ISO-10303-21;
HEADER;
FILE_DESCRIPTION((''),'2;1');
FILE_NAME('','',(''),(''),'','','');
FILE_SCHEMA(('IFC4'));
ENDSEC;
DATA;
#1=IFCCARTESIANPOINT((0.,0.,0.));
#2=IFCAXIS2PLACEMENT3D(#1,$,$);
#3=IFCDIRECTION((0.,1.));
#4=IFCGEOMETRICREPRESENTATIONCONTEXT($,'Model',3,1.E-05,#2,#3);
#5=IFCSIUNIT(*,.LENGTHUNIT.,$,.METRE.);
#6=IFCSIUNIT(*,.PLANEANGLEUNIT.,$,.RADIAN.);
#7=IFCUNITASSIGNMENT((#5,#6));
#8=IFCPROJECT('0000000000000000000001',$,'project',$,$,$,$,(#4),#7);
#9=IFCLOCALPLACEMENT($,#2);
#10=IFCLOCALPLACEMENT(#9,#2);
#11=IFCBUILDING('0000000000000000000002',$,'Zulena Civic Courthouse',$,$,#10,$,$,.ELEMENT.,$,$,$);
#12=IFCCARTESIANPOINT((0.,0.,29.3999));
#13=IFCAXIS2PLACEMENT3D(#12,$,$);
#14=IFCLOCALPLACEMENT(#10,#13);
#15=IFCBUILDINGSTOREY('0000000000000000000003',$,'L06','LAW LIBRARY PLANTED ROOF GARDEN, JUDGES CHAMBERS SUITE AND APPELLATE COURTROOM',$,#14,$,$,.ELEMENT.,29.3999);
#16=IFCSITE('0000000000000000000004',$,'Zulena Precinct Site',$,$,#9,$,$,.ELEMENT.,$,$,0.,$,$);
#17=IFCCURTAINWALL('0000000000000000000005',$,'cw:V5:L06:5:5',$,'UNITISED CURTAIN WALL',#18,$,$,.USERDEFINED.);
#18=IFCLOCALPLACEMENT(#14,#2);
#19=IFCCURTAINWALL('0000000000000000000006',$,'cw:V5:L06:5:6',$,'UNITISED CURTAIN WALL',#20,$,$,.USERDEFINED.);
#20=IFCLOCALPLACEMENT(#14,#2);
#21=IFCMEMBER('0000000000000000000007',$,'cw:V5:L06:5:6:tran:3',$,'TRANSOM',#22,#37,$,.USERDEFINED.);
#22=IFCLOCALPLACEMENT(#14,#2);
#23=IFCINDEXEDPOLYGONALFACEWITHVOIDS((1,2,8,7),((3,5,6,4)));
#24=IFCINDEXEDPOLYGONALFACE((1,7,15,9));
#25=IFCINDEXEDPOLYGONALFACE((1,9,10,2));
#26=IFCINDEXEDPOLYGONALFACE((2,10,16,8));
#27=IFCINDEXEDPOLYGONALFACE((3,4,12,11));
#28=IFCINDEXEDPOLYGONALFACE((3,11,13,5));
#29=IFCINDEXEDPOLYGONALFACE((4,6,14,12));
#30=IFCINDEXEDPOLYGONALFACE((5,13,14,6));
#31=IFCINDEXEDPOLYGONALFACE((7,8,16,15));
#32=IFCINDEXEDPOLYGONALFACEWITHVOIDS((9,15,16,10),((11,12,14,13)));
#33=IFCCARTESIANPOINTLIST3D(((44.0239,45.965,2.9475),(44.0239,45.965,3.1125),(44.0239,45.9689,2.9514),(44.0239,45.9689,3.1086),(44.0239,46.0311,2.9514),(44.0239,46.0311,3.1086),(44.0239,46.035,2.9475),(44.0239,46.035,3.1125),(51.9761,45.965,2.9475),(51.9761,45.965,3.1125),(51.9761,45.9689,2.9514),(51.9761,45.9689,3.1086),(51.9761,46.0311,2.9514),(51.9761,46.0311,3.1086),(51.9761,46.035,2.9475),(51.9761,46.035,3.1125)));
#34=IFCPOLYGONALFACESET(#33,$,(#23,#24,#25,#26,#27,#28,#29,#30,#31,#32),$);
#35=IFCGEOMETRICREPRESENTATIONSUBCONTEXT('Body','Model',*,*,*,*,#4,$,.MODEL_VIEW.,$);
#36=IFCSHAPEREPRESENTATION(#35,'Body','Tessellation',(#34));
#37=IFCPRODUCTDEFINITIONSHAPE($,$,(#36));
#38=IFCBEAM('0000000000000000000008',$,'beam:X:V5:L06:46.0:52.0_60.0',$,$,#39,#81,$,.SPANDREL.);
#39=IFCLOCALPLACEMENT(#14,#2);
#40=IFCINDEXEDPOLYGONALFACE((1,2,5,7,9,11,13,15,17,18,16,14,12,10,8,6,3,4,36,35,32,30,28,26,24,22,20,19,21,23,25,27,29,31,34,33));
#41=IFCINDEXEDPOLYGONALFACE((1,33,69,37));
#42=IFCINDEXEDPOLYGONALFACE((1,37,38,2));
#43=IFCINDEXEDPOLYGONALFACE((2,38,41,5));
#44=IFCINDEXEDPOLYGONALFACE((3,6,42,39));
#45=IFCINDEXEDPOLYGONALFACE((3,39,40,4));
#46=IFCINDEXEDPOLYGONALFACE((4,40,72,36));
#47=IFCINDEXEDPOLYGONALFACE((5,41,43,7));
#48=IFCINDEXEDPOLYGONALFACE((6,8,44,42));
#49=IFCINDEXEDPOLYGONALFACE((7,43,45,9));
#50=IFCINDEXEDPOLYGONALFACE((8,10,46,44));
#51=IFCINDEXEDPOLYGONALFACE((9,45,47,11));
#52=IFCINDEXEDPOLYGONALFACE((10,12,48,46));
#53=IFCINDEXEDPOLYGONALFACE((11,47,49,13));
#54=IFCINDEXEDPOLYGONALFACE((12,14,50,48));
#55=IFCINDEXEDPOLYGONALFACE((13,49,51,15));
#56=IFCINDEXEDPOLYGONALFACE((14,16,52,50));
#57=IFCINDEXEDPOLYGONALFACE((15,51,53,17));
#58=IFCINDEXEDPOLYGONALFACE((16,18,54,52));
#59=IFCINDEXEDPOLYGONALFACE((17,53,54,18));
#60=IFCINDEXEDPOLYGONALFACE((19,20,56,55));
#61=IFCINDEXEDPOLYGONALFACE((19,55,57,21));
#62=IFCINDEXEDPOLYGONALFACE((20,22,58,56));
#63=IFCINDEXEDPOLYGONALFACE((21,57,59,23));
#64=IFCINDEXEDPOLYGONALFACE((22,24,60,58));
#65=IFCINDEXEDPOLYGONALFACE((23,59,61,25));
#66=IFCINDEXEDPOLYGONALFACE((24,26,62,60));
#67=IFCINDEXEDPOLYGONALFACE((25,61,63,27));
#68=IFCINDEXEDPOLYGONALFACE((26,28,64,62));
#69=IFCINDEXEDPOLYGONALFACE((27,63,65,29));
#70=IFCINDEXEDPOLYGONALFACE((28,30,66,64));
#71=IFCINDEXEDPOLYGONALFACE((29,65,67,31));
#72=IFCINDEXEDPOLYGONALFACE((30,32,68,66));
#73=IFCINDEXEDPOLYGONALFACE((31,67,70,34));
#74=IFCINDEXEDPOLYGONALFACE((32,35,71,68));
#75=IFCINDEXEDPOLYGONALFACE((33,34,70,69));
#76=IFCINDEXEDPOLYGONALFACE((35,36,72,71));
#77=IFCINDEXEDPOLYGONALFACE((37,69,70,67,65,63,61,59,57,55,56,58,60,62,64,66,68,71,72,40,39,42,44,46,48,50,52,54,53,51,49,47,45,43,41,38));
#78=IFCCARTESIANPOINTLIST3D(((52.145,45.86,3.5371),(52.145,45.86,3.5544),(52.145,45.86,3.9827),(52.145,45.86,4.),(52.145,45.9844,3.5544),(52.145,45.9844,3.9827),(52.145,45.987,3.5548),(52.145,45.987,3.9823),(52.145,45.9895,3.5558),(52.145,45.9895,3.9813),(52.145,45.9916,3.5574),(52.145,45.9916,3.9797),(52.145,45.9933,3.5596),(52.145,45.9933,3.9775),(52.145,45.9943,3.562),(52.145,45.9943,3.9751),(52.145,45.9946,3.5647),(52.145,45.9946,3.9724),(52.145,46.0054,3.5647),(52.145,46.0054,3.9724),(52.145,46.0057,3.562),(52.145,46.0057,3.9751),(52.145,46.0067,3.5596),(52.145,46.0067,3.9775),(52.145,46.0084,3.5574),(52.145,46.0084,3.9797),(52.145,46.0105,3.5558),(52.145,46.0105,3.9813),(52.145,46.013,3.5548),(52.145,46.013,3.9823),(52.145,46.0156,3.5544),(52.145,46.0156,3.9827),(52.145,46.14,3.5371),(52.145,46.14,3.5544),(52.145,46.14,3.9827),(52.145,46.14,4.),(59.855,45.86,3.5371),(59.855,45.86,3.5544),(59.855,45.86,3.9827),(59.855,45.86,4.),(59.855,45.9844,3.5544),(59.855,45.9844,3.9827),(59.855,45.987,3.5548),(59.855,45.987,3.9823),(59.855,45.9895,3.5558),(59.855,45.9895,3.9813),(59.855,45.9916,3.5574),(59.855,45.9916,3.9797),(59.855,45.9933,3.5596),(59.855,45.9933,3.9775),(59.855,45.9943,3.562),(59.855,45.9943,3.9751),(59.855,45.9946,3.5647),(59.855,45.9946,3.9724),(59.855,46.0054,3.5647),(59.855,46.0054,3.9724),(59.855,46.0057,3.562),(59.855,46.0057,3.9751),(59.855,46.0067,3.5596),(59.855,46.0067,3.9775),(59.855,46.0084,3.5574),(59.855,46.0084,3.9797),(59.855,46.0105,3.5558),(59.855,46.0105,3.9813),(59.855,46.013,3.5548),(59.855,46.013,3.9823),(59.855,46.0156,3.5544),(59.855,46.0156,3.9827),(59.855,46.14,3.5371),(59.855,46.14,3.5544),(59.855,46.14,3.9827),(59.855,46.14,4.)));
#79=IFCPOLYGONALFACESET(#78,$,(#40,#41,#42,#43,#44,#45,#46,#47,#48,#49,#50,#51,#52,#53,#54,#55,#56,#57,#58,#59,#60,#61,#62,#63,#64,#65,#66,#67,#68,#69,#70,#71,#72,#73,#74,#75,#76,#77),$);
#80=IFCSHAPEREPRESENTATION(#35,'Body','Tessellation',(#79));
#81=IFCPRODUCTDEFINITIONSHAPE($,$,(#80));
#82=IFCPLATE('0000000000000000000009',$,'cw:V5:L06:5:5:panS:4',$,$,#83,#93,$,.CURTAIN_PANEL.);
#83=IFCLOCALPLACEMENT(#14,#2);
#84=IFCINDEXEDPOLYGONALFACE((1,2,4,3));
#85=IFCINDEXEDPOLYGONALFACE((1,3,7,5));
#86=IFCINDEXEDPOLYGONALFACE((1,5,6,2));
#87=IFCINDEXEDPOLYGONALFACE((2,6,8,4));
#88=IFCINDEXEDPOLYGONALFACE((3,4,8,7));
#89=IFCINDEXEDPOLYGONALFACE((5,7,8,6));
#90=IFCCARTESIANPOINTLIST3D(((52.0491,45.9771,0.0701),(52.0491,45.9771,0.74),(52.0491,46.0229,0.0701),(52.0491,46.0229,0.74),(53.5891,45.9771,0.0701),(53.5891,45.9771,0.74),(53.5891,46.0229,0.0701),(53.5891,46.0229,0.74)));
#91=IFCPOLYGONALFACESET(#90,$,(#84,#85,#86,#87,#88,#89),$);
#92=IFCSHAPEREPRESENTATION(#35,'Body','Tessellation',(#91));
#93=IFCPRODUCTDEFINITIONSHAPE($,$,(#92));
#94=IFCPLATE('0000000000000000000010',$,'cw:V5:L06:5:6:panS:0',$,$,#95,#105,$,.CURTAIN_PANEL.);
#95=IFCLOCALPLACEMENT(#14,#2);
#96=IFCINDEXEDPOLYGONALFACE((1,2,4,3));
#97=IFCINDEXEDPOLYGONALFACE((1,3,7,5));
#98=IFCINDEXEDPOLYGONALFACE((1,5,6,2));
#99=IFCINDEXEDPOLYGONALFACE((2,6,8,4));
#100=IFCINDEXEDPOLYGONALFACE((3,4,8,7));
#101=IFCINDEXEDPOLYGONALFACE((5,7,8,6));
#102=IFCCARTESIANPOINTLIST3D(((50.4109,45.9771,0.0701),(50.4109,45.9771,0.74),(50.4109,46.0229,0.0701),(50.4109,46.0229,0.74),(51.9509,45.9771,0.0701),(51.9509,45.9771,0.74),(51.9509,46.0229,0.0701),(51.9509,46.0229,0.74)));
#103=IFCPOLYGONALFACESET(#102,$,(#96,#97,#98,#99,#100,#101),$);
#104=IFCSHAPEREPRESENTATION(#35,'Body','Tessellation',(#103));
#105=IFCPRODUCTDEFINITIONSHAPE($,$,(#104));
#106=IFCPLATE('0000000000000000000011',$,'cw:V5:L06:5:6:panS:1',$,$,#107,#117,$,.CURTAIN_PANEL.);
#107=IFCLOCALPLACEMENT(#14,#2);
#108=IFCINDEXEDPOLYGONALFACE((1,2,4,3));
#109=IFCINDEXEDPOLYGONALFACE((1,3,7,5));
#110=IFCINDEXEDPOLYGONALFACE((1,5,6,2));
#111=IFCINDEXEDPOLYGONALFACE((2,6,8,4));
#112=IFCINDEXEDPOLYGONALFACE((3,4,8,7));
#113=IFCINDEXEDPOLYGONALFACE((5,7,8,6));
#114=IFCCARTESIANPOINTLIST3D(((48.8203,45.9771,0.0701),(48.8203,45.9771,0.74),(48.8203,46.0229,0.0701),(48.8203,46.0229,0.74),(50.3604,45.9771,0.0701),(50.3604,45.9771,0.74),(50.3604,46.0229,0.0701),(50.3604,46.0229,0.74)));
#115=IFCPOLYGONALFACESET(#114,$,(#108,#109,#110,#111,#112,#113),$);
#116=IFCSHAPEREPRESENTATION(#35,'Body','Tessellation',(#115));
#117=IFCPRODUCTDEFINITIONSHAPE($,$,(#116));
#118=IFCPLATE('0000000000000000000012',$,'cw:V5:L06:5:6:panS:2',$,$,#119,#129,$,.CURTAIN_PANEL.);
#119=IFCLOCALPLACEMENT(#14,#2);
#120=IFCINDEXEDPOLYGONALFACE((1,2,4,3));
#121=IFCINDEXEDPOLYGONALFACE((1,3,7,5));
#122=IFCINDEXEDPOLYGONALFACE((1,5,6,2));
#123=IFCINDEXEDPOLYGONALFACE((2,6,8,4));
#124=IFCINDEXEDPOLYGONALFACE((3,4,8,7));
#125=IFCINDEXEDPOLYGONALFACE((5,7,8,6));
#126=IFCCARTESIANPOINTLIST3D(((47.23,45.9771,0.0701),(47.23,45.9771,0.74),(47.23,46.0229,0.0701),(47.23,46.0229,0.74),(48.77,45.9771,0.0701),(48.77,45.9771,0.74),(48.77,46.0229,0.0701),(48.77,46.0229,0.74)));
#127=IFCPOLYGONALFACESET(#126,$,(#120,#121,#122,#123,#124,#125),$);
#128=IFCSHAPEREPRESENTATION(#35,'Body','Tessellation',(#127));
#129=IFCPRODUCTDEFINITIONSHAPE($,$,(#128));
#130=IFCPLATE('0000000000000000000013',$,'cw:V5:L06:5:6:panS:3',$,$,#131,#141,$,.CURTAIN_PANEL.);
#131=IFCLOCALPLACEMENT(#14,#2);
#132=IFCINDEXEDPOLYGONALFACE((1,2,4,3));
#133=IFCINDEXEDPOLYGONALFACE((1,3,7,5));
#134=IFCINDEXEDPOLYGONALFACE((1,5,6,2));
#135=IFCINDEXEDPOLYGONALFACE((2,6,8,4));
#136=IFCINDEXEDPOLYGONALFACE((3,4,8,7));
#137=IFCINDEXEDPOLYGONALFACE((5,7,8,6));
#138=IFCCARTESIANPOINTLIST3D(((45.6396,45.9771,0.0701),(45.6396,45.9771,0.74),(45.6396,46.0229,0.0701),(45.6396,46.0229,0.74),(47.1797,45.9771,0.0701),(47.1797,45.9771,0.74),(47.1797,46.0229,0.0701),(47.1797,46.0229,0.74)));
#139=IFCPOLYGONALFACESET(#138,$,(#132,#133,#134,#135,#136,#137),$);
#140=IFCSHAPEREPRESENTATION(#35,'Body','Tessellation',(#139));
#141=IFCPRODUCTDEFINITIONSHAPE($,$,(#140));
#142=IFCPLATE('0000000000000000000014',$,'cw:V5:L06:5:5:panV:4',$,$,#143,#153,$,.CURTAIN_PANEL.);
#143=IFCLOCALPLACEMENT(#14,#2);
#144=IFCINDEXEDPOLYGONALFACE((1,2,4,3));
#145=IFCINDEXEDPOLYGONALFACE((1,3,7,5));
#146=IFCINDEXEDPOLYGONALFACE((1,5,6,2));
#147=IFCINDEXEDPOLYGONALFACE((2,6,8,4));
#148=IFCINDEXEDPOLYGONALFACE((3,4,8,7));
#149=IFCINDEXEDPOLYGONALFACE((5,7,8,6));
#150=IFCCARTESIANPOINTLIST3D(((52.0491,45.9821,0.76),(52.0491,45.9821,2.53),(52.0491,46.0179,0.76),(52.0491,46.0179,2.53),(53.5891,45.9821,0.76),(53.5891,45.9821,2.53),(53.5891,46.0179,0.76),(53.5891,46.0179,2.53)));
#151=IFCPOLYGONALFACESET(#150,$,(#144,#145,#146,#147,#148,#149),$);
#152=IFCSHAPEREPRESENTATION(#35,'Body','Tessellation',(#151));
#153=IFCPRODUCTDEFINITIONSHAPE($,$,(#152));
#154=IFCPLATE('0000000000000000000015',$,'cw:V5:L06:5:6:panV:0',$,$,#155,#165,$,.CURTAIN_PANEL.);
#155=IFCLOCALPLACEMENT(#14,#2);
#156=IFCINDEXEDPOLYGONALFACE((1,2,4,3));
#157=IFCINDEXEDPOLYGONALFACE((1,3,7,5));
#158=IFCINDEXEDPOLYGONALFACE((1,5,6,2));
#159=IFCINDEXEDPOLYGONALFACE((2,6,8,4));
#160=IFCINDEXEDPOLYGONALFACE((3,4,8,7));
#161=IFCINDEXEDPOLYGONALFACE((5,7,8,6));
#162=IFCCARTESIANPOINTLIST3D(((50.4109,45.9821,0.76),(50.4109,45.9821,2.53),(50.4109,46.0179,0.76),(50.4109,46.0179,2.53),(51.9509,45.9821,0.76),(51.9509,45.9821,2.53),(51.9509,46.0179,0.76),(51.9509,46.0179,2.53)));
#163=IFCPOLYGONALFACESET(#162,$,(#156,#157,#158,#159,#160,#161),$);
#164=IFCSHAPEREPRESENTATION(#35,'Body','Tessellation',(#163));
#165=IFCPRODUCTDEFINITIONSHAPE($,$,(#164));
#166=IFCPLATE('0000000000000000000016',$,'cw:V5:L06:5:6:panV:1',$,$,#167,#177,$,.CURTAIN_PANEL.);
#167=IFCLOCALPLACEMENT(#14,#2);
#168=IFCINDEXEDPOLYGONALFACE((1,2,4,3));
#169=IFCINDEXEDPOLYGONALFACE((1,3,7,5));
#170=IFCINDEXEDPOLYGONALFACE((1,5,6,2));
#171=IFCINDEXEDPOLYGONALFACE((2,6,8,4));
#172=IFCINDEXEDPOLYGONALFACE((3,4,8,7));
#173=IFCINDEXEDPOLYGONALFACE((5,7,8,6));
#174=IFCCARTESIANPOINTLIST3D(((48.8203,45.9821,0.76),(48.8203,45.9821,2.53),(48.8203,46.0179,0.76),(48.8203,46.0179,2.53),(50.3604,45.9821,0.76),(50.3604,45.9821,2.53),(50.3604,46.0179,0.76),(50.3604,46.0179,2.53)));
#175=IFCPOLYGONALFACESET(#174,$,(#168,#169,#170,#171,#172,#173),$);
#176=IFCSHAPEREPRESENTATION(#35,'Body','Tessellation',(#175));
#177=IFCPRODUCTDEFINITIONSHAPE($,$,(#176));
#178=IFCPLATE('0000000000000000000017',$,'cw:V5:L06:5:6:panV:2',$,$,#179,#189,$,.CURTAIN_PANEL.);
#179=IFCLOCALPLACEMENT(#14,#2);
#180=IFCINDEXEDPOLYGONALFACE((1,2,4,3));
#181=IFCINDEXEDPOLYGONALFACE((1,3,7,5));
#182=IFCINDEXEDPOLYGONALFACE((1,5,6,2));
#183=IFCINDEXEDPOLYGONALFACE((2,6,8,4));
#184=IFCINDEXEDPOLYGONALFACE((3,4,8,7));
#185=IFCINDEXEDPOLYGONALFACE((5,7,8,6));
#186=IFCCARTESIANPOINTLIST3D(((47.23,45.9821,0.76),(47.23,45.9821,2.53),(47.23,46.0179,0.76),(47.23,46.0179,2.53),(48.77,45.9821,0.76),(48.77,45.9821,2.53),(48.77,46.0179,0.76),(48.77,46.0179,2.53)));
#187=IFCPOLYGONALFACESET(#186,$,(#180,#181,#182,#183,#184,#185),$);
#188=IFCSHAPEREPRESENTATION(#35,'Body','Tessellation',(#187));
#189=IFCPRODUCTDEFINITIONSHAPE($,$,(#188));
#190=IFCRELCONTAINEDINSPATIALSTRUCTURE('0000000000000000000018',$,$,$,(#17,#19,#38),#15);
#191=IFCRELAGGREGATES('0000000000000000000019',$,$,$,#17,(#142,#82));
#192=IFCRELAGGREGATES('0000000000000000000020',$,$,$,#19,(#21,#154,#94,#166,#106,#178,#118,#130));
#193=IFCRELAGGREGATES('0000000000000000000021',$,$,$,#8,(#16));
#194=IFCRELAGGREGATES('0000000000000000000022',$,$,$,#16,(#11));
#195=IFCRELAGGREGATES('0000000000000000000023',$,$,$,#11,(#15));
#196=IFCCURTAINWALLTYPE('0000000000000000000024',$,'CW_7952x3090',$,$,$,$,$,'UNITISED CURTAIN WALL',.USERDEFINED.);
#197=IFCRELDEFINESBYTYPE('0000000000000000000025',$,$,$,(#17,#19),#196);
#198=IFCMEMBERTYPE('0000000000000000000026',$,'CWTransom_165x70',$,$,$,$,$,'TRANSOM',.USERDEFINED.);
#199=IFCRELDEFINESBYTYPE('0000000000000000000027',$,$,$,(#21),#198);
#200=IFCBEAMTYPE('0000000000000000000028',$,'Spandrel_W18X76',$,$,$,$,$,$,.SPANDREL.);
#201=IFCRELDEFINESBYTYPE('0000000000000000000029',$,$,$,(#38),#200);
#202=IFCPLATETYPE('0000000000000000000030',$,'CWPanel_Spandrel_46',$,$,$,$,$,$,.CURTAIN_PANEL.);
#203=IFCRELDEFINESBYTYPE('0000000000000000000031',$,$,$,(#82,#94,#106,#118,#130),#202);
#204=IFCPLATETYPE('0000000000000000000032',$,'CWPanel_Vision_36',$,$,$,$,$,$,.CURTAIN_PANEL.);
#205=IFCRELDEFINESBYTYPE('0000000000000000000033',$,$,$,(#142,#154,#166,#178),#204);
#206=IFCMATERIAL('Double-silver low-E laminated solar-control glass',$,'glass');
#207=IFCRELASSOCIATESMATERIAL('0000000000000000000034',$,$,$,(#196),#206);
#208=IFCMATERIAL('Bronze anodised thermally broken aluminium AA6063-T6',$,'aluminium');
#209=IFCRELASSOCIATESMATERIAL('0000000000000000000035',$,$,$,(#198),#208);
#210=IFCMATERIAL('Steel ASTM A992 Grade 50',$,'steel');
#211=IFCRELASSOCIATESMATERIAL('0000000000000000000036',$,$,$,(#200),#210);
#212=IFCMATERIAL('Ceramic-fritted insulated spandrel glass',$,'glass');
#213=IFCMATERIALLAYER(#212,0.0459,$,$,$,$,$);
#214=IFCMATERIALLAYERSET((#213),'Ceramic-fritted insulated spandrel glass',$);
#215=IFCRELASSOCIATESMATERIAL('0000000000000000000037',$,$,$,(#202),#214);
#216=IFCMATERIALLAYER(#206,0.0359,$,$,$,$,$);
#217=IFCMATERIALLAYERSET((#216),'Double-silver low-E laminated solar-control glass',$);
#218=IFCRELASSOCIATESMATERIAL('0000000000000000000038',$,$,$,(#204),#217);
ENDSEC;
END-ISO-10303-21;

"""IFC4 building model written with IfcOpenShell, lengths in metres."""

from ifc_helpers import new_model, si_unit, direction, frame, origin, origin_2d, place, context, subcontext, project, spatial, rectangle, hollow_rectangle, i_section, extrude, material, layer, layer_set, material_profile, profile_set, type_object, element, aggregate, save


model = new_model("IFC4")

# Units and contexts
model_context = context("Model", 3, precision=1e-05, world=origin(), true_north=direction((0.0, 1.0)))
body_context = subcontext(model_context, "Body", "Model", "MODEL_VIEW")
ifc_project = project(units=[si_unit("LENGTHUNIT", "METRE"), si_unit("PLANEANGLEUNIT", "RADIAN")], contexts=[model_context])

# Site, building, storey
site_placement = place(None, origin())
site = spatial("IfcSite", under=ifc_project, at=site_placement, Name="Zulena Precinct Site", CompositionType="ELEMENT", RefElevation=0.0)
building_placement = place(site_placement, origin())
building = spatial("IfcBuilding", under=site, at=building_placement, Name="Zulena Civic Courthouse", CompositionType="ELEMENT")
storey_placement = place(building_placement, frame((0.0, 0.0, 29.3999)))
storey = spatial("IfcBuildingStorey", under=building, at=storey_placement, Name="L06", Description="LAW LIBRARY PLANTED ROOF GARDEN, JUDGES CHAMBERS SUITE AND APPELLATE COURTROOM", CompositionType="ELEMENT", Elevation=29.3999)

# Shared definitions
ifc_material_1 = material(Name="Steel ASTM A992 Grade 50", Category="steel")

# Curtain wall
ifc_material_2 = material(Name="Double-silver low-E laminated solar-control glass", Category="glass")
curtain_wall_type = type_object("IfcCurtainWallType", Name="CW_7952x3090", ElementType="UNITISED CURTAIN WALL", PredefinedType="USERDEFINED", material=ifc_material_2)
curtain_wall_1_placement = place(storey_placement, origin())
curtain_wall_1 = element("IfcCurtainWall", 1, at=curtain_wall_1_placement, inside=storey, type_object=curtain_wall_type, Name="cw:V5:L06:5:5", ObjectType="UNITISED CURTAIN WALL", PredefinedType="USERDEFINED")
ifc_material_3 = material(Name="Bronze anodised thermally broken aluminium AA6063-T6", Category="aluminium")

# Curtain wall, member
curtain_wall_2_placement = place(storey_placement, origin())
curtain_wall_2 = element("IfcCurtainWall", 2, at=curtain_wall_2_placement, inside=storey, type_object=curtain_wall_type, Name="cw:V5:L06:5:6", ObjectType="UNITISED CURTAIN WALL", PredefinedType="USERDEFINED")
ifc_material_profile_1 = material_profile(ifc_material_3, hollow_rectangle(XDim=0.0701, YDim=0.165, WallThickness=0.0039, at=origin_2d()), Name="CWT165X70X4")
ifc_profile_set_1 = profile_set([ifc_material_profile_1], Name="Bronze anodised thermally broken aluminium AA6063-T6")
member_type_1 = type_object("IfcMemberType", Name="CWTransom_165x70", ElementType="TRANSOM", PredefinedType="USERDEFINED", material=ifc_profile_set_1)
member_1_placement = place(storey_placement, frame((51.9761, 46.0, 3.03), z_axis=(-1.0, 0.0, 0.0), x_axis=(0.0, -1.0, 0.0)))
member_1 = element("IfcMember", 3, at=member_1_placement, type_object=member_type_1, Name="cw:V5:L06:5:6:tran:3", ObjectType="TRANSOM", PredefinedType="USERDEFINED", context=body_context, shape_type="SweptSolid", body=[
    extrude(hollow_rectangle(XDim=0.0701, YDim=0.165, WallThickness=0.0039, at=origin_2d()), origin(), (0.0, 0.0, 1.0), 7.9521),
])

# Beam
ifc_material_profile_2 = material_profile(ifc_material_1, i_section(OverallWidth=0.28, OverallDepth=0.4629, WebThickness=0.0107, FlangeThickness=0.0173, FilletRadius=0.0103, at=origin_2d()), Name="W18X76")
ifc_profile_set_2 = profile_set([ifc_material_profile_2], Name="Steel ASTM A992 Grade 50")
beam_type = type_object("IfcBeamType", Name="Spandrel_W18X76", PredefinedType="SPANDREL", material=ifc_profile_set_2)
beam_placement = place(storey_placement, frame((52.145, 46.0, 3.7686), z_axis=(1.0, 0.0, 0.0), x_axis=(0.0, 1.0, 0.0)))
element("IfcBeam", 4, at=beam_placement, inside=storey, type_object=beam_type, Name="beam:X:V5:L06:46.0:52.0_60.0", PredefinedType="SPANDREL", context=body_context, shape_type="SweptSolid", body=[
    extrude(i_section(OverallWidth=0.28, OverallDepth=0.4629, WebThickness=0.0107, FlangeThickness=0.0173, FilletRadius=0.0103, at=origin_2d()), origin(), (0.0, 0.0, 1.0), 7.71),
])

# Plates
ifc_material_4 = material(Name="Ceramic-fritted insulated spandrel glass", Category="glass")
ifc_layer_1 = layer(ifc_material_4, 0.0459)
ifc_layer_set_1 = layer_set([ifc_layer_1], Name="Ceramic-fritted insulated spandrel glass")
plate_type_1 = type_object("IfcPlateType", Name="CWPanel_Spandrel_46", PredefinedType="CURTAIN_PANEL", material=ifc_layer_set_1)
plate_1_placement = place(storey_placement, frame((52.8191, 46.0, 0.0701), z_axis=(0.0, 0.0, 1.0), x_axis=(-1.0, 0.0, 0.0)))
plate_1 = element("IfcPlate", 5, at=plate_1_placement, type_object=plate_type_1, Name="cw:V5:L06:5:5:panS:4", PredefinedType="CURTAIN_PANEL", context=body_context, shape_type="SweptSolid", body=[
    extrude(rectangle(XDim=1.54, YDim=0.0459, at=origin_2d()), origin(), (0.0, 0.0, 1.0), 0.6699),
])
plate_2_placement = place(storey_placement, frame((51.1809, 46.0, 0.0701), z_axis=(0.0, 0.0, 1.0), x_axis=(-1.0, 0.0, 0.0)))
plate_2 = element("IfcPlate", 6, at=plate_2_placement, type_object=plate_type_1, Name="cw:V5:L06:5:6:panS:0", PredefinedType="CURTAIN_PANEL", context=body_context, shape_type="SweptSolid", body=[
    extrude(rectangle(XDim=1.54, YDim=0.0459, at=origin_2d()), origin(), (0.0, 0.0, 1.0), 0.6699),
])
plate_3_placement = place(storey_placement, frame((49.5903, 46.0, 0.0701), z_axis=(0.0, 0.0, 1.0), x_axis=(-1.0, 0.0, 0.0)))
plate_3 = element("IfcPlate", 7, at=plate_3_placement, type_object=plate_type_1, Name="cw:V5:L06:5:6:panS:1", PredefinedType="CURTAIN_PANEL", context=body_context, shape_type="SweptSolid", body=[
    extrude(rectangle(XDim=1.54, YDim=0.0459, at=origin_2d()), origin(), (0.0, 0.0, 1.0), 0.6699),
])
plate_4_placement = place(storey_placement, frame((48.0, 46.0, 0.0701), z_axis=(0.0, 0.0, 1.0), x_axis=(-1.0, 0.0, 0.0)))
plate_4 = element("IfcPlate", 8, at=plate_4_placement, type_object=plate_type_1, Name="cw:V5:L06:5:6:panS:2", PredefinedType="CURTAIN_PANEL", context=body_context, shape_type="SweptSolid", body=[
    extrude(rectangle(XDim=1.54, YDim=0.0459, at=origin_2d()), origin(), (0.0, 0.0, 1.0), 0.6699),
])
plate_5_placement = place(storey_placement, frame((46.4097, 46.0, 0.0701), z_axis=(0.0, 0.0, 1.0), x_axis=(-1.0, 0.0, 0.0)))
plate_5 = element("IfcPlate", 9, at=plate_5_placement, type_object=plate_type_1, Name="cw:V5:L06:5:6:panS:3", PredefinedType="CURTAIN_PANEL", context=body_context, shape_type="SweptSolid", body=[
    extrude(rectangle(XDim=1.54, YDim=0.0459, at=origin_2d()), origin(), (0.0, 0.0, 1.0), 0.6699),
])
ifc_layer_2 = layer(ifc_material_2, 0.0359)
ifc_layer_set_2 = layer_set([ifc_layer_2], Name="Double-silver low-E laminated solar-control glass")
plate_type_2 = type_object("IfcPlateType", Name="CWPanel_Vision_36", PredefinedType="CURTAIN_PANEL", material=ifc_layer_set_2)
plate_6_placement = place(storey_placement, frame((52.8191, 46.0, 0.76), z_axis=(0.0, 0.0, 1.0), x_axis=(-1.0, 0.0, 0.0)))
plate_6 = element("IfcPlate", 10, at=plate_6_placement, type_object=plate_type_2, Name="cw:V5:L06:5:5:panV:4", PredefinedType="CURTAIN_PANEL", context=body_context, shape_type="SweptSolid", body=[
    extrude(rectangle(XDim=1.54, YDim=0.0359, at=origin_2d()), origin(), (0.0, 0.0, 1.0), 1.77),
])
aggregate(curtain_wall_1, [plate_6, plate_1])
plate_7_placement = place(storey_placement, frame((51.1809, 46.0, 0.76), z_axis=(0.0, 0.0, 1.0), x_axis=(-1.0, 0.0, 0.0)))
plate_7 = element("IfcPlate", 11, at=plate_7_placement, type_object=plate_type_2, Name="cw:V5:L06:5:6:panV:0", PredefinedType="CURTAIN_PANEL", context=body_context, shape_type="SweptSolid", body=[
    extrude(rectangle(XDim=1.54, YDim=0.0359, at=origin_2d()), origin(), (0.0, 0.0, 1.0), 1.77),
])
plate_8_placement = place(storey_placement, frame((49.5903, 46.0, 0.76), z_axis=(0.0, 0.0, 1.0), x_axis=(-1.0, 0.0, 0.0)))
plate_8 = element("IfcPlate", 12, at=plate_8_placement, type_object=plate_type_2, Name="cw:V5:L06:5:6:panV:1", PredefinedType="CURTAIN_PANEL", context=body_context, shape_type="SweptSolid", body=[
    extrude(rectangle(XDim=1.54, YDim=0.0359, at=origin_2d()), origin(), (0.0, 0.0, 1.0), 1.77),
])
plate_9_placement = place(storey_placement, frame((48.0, 46.0, 0.76), z_axis=(0.0, 0.0, 1.0), x_axis=(-1.0, 0.0, 0.0)))
plate_9 = element("IfcPlate", 13, at=plate_9_placement, type_object=plate_type_2, Name="cw:V5:L06:5:6:panV:2", PredefinedType="CURTAIN_PANEL", context=body_context, shape_type="SweptSolid", body=[
    extrude(rectangle(XDim=1.54, YDim=0.0359, at=origin_2d()), origin(), (0.0, 0.0, 1.0), 1.77),
])
aggregate(curtain_wall_2, [member_1, plate_7, plate_2, plate_8, plate_3, plate_9, plate_4, plate_5])

save(model, "model.ifc")
